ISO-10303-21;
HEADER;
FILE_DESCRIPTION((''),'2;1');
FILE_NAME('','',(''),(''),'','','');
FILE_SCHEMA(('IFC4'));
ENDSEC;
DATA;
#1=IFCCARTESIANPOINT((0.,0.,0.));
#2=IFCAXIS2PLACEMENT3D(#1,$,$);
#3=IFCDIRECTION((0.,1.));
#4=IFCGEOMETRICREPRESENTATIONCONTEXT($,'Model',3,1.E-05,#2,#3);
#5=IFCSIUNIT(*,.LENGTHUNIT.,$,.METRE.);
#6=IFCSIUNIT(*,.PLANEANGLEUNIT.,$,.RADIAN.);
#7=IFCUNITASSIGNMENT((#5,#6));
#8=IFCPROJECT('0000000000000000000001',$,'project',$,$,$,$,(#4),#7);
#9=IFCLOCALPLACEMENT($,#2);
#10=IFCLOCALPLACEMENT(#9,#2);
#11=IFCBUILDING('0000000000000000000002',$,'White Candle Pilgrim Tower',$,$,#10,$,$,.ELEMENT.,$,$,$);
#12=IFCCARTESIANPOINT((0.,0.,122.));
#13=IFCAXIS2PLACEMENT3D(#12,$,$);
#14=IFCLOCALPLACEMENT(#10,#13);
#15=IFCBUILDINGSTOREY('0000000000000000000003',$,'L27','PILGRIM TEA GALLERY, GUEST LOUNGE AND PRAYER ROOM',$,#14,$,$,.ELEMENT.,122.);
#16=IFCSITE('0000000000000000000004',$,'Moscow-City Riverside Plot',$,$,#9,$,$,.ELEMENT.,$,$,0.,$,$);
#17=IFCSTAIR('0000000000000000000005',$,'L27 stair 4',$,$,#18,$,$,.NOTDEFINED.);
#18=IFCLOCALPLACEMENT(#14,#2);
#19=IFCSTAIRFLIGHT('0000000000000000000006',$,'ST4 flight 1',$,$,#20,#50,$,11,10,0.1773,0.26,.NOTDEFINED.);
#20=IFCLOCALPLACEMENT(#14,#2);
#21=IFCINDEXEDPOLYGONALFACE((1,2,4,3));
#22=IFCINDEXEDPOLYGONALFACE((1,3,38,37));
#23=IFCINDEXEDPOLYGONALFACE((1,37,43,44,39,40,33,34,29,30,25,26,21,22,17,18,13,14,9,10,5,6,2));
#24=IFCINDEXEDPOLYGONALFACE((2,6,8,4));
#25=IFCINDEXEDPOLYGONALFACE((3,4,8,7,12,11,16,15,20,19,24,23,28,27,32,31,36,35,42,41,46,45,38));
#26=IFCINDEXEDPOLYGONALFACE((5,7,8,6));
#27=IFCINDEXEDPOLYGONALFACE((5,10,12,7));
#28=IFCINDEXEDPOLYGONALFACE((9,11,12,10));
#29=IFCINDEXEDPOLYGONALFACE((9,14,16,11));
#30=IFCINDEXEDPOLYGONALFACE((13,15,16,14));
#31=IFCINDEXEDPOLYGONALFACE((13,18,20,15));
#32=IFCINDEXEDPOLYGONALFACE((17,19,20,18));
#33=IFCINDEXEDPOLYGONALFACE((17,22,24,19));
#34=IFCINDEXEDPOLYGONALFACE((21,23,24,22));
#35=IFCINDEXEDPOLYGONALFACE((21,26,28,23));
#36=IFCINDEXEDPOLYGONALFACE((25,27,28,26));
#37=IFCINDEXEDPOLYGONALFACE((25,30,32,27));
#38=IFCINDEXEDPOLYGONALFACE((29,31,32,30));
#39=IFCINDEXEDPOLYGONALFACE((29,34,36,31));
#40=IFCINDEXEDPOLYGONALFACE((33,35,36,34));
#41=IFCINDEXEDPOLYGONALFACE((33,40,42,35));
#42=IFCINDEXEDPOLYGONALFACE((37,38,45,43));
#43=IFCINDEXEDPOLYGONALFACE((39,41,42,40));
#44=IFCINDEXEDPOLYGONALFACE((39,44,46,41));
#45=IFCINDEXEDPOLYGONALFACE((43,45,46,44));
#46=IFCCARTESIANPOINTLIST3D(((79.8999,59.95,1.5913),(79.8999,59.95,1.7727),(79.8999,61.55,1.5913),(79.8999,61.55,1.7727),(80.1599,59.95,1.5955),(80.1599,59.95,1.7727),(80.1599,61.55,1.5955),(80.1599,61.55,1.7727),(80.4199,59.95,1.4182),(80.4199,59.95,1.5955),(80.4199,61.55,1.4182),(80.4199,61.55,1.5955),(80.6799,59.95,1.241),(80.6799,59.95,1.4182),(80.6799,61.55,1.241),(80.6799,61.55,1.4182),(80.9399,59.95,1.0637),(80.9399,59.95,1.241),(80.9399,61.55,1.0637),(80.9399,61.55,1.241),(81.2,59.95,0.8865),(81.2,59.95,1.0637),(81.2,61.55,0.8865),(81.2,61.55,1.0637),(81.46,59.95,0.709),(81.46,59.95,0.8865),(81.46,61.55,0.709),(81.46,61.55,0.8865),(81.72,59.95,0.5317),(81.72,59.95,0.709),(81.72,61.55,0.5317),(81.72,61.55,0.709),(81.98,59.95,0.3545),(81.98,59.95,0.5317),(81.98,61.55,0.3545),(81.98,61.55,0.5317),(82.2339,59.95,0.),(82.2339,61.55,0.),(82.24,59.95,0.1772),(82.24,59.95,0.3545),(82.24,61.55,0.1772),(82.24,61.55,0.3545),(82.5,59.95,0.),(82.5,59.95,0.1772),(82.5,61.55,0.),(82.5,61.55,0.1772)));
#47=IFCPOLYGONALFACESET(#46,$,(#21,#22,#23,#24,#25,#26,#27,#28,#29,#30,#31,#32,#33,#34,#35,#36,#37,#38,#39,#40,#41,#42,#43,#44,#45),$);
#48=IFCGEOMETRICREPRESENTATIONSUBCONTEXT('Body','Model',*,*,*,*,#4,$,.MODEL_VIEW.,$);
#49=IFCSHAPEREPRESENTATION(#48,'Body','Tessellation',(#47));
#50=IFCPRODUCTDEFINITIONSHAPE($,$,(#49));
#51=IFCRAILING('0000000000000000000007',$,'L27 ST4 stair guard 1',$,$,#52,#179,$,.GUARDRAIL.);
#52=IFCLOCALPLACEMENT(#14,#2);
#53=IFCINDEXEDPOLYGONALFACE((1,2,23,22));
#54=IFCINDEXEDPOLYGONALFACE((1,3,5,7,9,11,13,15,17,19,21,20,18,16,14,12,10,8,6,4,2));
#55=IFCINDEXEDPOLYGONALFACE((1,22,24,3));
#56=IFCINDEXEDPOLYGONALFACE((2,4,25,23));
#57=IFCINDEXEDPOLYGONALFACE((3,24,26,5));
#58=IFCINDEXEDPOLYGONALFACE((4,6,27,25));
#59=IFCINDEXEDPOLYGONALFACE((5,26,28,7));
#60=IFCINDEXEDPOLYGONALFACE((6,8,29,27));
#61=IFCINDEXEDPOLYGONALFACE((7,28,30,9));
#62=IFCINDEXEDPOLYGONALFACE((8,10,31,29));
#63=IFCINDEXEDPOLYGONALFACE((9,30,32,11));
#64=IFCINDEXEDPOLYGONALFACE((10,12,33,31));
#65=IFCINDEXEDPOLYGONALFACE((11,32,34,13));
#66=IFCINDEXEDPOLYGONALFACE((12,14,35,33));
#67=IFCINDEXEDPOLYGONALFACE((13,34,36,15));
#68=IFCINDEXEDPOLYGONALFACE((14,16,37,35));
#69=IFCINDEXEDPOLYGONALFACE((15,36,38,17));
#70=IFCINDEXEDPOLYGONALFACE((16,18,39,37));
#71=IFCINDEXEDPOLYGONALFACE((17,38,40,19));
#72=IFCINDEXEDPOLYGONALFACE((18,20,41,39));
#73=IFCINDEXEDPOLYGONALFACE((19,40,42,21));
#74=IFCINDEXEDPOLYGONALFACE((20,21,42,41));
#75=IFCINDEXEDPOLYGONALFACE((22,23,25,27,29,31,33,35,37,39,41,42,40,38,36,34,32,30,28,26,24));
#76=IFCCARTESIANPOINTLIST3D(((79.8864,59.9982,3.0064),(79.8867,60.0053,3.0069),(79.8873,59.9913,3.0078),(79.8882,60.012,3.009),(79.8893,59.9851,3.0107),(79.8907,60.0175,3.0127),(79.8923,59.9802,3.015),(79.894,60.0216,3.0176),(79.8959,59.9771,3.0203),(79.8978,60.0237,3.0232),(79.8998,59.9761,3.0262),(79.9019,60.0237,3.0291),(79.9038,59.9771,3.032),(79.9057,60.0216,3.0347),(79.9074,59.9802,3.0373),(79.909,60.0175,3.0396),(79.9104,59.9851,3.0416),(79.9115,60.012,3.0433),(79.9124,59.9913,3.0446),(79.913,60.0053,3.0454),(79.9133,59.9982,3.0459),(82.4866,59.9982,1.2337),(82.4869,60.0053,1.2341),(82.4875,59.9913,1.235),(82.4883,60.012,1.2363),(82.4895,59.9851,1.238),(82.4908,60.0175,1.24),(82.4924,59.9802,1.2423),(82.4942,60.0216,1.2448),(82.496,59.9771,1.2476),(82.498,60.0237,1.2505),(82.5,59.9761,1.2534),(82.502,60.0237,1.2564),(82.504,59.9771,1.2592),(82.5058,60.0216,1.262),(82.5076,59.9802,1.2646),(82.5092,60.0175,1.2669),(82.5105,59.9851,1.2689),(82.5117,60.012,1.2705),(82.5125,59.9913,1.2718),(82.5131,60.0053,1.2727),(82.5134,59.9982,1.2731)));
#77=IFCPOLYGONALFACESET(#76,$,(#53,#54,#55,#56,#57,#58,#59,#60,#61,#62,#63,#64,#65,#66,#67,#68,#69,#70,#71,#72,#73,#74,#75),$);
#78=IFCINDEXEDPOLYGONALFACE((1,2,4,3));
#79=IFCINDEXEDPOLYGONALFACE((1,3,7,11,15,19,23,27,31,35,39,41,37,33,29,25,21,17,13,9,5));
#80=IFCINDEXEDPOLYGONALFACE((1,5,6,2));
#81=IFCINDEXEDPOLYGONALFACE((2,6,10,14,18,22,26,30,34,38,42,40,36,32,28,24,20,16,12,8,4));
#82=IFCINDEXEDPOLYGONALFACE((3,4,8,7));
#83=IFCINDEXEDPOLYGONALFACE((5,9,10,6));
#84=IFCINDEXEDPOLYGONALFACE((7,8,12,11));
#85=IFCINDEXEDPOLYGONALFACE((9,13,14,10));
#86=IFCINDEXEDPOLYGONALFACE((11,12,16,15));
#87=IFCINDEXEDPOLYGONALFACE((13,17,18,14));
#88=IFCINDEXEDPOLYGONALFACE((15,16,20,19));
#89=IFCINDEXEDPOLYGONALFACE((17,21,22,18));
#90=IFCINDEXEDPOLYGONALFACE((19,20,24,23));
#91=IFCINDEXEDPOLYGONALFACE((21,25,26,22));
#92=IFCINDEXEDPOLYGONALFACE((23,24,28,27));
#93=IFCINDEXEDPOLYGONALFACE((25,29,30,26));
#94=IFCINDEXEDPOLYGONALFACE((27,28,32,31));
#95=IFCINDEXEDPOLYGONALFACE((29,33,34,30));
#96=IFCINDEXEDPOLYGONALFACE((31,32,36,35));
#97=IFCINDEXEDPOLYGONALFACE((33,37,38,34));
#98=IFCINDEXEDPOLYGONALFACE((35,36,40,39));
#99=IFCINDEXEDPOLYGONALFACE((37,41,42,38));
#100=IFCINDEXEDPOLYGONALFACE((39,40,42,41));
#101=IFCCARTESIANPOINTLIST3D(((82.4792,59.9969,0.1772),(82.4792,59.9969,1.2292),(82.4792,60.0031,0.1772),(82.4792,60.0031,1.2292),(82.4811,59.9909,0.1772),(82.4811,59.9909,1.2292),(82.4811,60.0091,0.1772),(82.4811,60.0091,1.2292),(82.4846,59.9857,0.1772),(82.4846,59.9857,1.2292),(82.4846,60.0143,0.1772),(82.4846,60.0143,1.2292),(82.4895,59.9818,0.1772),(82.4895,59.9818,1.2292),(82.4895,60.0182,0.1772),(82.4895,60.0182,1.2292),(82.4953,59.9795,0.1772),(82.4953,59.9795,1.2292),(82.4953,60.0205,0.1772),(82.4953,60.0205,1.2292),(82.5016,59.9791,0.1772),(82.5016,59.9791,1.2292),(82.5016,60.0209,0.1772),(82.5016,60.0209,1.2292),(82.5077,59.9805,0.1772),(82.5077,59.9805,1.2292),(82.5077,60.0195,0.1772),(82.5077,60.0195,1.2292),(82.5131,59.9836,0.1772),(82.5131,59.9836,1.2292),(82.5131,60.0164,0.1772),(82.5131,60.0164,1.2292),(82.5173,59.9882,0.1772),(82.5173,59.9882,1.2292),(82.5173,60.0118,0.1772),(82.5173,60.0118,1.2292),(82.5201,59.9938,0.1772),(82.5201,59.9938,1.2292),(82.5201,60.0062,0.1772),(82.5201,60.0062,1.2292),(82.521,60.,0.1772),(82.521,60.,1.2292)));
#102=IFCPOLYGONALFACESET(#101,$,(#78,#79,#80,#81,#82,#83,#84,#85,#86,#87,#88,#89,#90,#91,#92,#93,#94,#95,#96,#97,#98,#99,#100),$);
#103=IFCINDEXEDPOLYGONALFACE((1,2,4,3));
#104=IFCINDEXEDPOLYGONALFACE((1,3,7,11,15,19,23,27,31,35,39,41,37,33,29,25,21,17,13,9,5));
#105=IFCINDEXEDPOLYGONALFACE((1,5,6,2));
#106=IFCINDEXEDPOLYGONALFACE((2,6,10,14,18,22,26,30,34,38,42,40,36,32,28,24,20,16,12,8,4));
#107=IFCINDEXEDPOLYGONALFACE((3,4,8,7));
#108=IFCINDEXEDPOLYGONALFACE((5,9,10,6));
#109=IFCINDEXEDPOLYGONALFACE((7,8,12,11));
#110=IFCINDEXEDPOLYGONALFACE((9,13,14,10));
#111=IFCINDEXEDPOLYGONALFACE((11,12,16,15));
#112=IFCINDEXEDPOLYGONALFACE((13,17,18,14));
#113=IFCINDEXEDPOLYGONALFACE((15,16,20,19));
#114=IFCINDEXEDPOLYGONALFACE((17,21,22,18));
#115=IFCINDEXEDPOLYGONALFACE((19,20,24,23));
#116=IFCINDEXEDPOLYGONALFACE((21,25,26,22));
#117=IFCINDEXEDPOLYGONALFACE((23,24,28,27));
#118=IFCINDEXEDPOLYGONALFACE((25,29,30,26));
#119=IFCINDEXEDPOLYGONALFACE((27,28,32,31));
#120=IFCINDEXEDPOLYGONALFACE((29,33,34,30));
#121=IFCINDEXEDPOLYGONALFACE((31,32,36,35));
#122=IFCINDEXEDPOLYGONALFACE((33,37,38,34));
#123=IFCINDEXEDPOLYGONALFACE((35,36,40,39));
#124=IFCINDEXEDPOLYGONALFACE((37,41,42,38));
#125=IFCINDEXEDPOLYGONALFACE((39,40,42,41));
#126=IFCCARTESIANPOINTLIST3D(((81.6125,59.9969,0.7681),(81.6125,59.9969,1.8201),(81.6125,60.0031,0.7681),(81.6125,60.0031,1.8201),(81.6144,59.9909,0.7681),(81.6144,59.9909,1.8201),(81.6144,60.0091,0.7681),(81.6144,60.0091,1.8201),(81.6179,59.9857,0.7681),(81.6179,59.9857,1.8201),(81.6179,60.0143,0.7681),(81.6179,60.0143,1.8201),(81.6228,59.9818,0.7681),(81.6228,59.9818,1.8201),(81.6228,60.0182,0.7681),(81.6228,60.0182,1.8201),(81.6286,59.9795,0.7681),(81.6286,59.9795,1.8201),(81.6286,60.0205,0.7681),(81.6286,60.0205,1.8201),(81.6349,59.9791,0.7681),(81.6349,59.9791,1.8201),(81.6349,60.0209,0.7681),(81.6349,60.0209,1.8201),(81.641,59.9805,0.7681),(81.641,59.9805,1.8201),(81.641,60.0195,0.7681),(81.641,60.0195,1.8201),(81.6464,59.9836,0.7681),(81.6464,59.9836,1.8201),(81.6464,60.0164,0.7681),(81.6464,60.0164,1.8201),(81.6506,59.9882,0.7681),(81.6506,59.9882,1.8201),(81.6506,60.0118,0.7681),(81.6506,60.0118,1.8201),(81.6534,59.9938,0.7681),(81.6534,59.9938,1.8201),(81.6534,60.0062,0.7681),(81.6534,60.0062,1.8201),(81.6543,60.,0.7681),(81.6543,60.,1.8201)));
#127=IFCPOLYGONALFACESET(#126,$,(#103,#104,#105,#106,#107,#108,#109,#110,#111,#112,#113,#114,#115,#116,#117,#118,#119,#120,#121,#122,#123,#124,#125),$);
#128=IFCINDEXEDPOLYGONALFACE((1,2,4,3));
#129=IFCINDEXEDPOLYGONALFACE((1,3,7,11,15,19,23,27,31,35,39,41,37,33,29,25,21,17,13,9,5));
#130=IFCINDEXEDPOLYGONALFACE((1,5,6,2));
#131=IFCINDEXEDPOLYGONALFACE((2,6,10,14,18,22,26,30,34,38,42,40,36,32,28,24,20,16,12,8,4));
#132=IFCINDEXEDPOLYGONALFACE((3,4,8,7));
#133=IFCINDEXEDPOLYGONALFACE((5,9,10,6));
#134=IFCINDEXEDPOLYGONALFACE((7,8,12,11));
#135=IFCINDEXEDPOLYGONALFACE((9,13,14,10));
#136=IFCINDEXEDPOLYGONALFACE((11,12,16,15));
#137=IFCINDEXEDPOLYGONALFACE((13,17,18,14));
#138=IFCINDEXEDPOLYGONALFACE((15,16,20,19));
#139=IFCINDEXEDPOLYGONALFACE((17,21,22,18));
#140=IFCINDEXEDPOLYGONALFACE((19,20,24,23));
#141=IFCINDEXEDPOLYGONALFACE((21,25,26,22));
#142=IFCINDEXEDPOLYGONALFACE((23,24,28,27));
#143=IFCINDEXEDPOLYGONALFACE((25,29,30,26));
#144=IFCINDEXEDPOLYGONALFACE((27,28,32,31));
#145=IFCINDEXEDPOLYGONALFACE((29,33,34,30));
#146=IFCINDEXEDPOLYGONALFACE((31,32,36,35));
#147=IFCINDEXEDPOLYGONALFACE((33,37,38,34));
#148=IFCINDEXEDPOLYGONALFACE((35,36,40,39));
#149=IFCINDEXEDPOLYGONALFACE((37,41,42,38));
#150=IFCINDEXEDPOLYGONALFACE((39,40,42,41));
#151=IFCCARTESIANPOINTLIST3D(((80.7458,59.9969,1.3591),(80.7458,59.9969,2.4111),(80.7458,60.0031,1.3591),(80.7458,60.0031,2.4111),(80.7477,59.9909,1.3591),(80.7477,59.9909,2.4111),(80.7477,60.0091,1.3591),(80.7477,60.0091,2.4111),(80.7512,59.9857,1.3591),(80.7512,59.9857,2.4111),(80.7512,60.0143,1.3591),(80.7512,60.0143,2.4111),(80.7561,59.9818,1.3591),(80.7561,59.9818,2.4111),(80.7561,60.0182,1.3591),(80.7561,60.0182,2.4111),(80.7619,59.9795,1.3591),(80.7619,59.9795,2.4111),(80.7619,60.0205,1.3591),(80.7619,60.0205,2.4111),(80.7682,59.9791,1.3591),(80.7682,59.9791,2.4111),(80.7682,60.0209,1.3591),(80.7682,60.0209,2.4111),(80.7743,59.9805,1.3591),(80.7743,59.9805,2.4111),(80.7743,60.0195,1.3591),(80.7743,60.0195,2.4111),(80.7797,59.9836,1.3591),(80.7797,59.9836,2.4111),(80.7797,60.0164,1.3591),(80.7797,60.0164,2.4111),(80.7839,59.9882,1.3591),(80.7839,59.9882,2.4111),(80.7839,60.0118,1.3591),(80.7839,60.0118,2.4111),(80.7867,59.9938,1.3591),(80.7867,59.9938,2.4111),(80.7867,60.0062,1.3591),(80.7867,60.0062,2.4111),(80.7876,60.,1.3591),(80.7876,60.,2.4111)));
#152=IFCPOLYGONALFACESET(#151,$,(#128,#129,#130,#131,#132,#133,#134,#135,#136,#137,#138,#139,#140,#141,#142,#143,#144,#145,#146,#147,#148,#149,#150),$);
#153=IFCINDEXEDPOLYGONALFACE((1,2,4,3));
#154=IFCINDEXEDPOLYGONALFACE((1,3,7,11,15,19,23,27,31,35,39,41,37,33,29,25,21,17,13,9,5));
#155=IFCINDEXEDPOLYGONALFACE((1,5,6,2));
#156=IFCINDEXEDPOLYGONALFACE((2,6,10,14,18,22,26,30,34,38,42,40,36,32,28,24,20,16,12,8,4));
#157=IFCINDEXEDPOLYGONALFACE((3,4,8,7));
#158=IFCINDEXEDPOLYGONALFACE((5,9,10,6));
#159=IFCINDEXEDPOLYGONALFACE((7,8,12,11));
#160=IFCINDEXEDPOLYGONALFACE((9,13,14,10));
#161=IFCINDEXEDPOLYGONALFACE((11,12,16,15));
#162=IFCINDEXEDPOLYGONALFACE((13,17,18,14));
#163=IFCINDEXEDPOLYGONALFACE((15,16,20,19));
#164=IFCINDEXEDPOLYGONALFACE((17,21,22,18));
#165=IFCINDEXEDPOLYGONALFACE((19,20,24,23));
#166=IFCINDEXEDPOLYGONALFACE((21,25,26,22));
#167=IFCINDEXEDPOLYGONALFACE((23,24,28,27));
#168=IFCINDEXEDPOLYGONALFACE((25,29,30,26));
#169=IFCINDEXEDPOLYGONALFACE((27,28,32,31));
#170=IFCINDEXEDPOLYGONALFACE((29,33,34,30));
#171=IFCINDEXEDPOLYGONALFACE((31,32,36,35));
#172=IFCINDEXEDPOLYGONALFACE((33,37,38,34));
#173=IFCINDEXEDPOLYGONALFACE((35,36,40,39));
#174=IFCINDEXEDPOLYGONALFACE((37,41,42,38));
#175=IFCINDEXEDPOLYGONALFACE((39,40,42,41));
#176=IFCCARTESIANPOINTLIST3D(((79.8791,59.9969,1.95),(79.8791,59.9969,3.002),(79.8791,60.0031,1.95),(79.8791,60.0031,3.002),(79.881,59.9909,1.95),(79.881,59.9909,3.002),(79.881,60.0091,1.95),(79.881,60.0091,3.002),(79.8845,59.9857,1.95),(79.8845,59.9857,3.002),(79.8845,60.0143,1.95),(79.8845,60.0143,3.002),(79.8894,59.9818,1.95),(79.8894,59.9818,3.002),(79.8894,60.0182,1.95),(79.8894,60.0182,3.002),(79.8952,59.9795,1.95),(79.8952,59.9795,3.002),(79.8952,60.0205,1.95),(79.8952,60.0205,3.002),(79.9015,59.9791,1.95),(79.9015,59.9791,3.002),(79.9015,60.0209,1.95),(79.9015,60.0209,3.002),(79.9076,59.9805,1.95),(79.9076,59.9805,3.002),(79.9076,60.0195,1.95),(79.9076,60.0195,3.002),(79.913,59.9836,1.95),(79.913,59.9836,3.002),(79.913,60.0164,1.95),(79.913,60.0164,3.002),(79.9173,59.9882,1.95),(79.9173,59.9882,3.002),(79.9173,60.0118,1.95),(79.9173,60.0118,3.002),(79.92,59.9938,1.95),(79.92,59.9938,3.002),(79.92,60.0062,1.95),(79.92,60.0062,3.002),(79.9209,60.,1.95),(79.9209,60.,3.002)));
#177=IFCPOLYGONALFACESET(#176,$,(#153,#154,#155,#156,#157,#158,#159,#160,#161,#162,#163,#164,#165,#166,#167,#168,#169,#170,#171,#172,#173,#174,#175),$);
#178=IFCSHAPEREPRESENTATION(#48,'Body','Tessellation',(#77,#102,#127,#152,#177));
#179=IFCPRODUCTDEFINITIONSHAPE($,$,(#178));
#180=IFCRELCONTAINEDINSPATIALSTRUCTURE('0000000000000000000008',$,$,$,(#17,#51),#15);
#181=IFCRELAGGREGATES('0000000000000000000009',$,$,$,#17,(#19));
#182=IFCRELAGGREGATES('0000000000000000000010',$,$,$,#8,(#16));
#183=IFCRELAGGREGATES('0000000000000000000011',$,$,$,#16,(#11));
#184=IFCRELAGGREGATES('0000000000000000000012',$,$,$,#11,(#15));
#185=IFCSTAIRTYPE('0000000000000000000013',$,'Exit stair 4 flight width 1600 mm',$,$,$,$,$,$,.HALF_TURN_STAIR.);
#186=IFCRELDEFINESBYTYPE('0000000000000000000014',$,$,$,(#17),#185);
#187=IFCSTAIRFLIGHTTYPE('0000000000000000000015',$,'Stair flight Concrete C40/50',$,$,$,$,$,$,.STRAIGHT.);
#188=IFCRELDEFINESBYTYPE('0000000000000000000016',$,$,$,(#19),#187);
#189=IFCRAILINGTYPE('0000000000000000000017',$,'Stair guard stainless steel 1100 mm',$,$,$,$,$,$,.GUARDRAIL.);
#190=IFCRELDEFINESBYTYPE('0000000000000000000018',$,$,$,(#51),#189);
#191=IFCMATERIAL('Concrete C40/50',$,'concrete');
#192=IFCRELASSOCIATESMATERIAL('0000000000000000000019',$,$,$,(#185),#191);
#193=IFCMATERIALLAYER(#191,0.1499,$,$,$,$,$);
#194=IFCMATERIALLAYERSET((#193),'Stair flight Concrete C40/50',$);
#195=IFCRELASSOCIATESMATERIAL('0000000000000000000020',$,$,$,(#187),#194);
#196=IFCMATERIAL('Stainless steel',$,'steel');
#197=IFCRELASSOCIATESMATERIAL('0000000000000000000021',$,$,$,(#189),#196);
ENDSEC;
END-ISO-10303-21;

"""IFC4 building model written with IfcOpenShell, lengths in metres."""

from ifc_helpers import new_model, si_unit, direction, frame, origin, origin_2d, place, context, subcontext, project, spatial, polyline, circle, outline, extrude, material, layer, layer_set, type_object, element, aggregate, save


model = new_model("IFC4")

# Units and contexts
model_context = context("Model", 3, precision=1e-05, world=origin(), true_north=direction((0.0, 1.0)))
body_context = subcontext(model_context, "Body", "Model", "MODEL_VIEW")
ifc_project = project(units=[si_unit("LENGTHUNIT", "METRE"), si_unit("PLANEANGLEUNIT", "RADIAN")], contexts=[model_context])

# Site, building, storey
site_placement = place(None, origin())
site = spatial("IfcSite", under=ifc_project, at=site_placement, Name="Moscow-City Riverside Plot", CompositionType="ELEMENT", RefElevation=0.0)
building_placement = place(site_placement, origin())
building = spatial("IfcBuilding", under=site, at=building_placement, Name="White Candle Pilgrim Tower", CompositionType="ELEMENT")
storey_placement = place(building_placement, frame((0.0, 0.0, 122.0)))
storey = spatial("IfcBuildingStorey", under=building, at=storey_placement, Name="L27", Description="PILGRIM TEA GALLERY, GUEST LOUNGE AND PRAYER ROOM", CompositionType="ELEMENT", Elevation=122.0)

# Stair, stair flight
ifc_material_1 = material(Name="Concrete C40/50", Category="concrete")
stair_type = type_object("IfcStairType", Name="Exit stair 4 flight width 1600 mm", PredefinedType="HALF_TURN_STAIR", material=ifc_material_1)
stair_placement = place(storey_placement, origin())
stair = element("IfcStair", 1, at=stair_placement, inside=storey, type_object=stair_type, Name="L27 stair 4", PredefinedType="NOTDEFINED")
ifc_layer_1 = layer(ifc_material_1, 0.1499)
ifc_layer_set_1 = layer_set([ifc_layer_1], Name="Stair flight Concrete C40/50")
stair_flight_type = type_object("IfcStairFlightType", Name="Stair flight Concrete C40/50", PredefinedType="STRAIGHT", material=ifc_layer_set_1)
stair_flight_placement = place(storey_placement, frame((82.5, 60.75, 0.0), z_axis=(0.0, 0.0, 1.0), x_axis=(-1.0, 0.0, 0.0)))
stair_flight = element("IfcStairFlight", 2, at=stair_flight_placement, type_object=stair_flight_type, Name="ST4 flight 1", NumberOfRisers=11, NumberOfTreads=10, PredefinedType="NOTDEFINED", RiserHeight=0.1773, TreadLength=0.26, context=body_context, shape_type="SweptSolid", body=[
    extrude(outline(polyline([(0.0, 0.0), (0.0, 0.1772), (0.26, 0.1772), (0.26, 0.3545), (0.52, 0.3545), (0.52, 0.5317), (0.78, 0.5317), (0.78, 0.709), (1.04, 0.709), (1.04, 0.8865), (1.3, 0.8865), (1.3, 1.0637), (1.5601, 1.0637), (1.5601, 1.241), (1.8201, 1.241), (1.8201, 1.4182), (2.0801, 1.4182), (2.0801, 1.5955), (2.3401, 1.5955), (2.3401, 1.7727), (2.6001, 1.7727), (2.6001, 1.95), (2.6001, 1.5913), (0.2661, 0.0), (0.0, 0.0)])), frame((0.0, 0.8, 0.0), z_axis=(0.0, -1.0, 0.0), x_axis=(1.0, 0.0, 0.0)), (0.0, 0.0, 1.0), 1.6001),
])
aggregate(stair, [stair_flight])

# Railing
ifc_material_2 = material(Name="Stainless steel", Category="steel")
railing_type_1 = type_object("IfcRailingType", Name="Stair guard stainless steel 1100 mm", PredefinedType="GUARDRAIL", material=ifc_material_2)
railing_1_placement = place(storey_placement, frame((82.5, 60.0, 0.1772)))
element("IfcRailing", 3, at=railing_1_placement, inside=storey, type_object=railing_type_1, Name="L27 ST4 stair guard 1", PredefinedType="GUARDRAIL", context=body_context, shape_type="SweptSolid", body=[
    extrude(circle(Radius=0.0239, at=origin_2d()), frame((0.0, 0.0, 1.0762), z_axis=(-0.82624, 0.0, 0.563318), x_axis=(0.0, -1.0, 0.0)), (0.0, 0.0, 1.0), 3.147),
    extrude(circle(Radius=0.021, at=origin_2d()), origin(), (0.0, 0.0, 1.0), 1.052),
    extrude(circle(Radius=0.021, at=origin_2d()), frame((-0.8667, 0.0, 0.5908)), (0.0, 0.0, 1.0), 1.052),
    extrude(circle(Radius=0.021, at=origin_2d()), frame((-1.7334, 0.0, 1.1819)), (0.0, 0.0, 1.0), 1.052),
    extrude(circle(Radius=0.021, at=origin_2d()), frame((-2.6001, 0.0, 1.7727)), (0.0, 0.0, 1.0), 1.052),
])

save(model, "model.ifc")
